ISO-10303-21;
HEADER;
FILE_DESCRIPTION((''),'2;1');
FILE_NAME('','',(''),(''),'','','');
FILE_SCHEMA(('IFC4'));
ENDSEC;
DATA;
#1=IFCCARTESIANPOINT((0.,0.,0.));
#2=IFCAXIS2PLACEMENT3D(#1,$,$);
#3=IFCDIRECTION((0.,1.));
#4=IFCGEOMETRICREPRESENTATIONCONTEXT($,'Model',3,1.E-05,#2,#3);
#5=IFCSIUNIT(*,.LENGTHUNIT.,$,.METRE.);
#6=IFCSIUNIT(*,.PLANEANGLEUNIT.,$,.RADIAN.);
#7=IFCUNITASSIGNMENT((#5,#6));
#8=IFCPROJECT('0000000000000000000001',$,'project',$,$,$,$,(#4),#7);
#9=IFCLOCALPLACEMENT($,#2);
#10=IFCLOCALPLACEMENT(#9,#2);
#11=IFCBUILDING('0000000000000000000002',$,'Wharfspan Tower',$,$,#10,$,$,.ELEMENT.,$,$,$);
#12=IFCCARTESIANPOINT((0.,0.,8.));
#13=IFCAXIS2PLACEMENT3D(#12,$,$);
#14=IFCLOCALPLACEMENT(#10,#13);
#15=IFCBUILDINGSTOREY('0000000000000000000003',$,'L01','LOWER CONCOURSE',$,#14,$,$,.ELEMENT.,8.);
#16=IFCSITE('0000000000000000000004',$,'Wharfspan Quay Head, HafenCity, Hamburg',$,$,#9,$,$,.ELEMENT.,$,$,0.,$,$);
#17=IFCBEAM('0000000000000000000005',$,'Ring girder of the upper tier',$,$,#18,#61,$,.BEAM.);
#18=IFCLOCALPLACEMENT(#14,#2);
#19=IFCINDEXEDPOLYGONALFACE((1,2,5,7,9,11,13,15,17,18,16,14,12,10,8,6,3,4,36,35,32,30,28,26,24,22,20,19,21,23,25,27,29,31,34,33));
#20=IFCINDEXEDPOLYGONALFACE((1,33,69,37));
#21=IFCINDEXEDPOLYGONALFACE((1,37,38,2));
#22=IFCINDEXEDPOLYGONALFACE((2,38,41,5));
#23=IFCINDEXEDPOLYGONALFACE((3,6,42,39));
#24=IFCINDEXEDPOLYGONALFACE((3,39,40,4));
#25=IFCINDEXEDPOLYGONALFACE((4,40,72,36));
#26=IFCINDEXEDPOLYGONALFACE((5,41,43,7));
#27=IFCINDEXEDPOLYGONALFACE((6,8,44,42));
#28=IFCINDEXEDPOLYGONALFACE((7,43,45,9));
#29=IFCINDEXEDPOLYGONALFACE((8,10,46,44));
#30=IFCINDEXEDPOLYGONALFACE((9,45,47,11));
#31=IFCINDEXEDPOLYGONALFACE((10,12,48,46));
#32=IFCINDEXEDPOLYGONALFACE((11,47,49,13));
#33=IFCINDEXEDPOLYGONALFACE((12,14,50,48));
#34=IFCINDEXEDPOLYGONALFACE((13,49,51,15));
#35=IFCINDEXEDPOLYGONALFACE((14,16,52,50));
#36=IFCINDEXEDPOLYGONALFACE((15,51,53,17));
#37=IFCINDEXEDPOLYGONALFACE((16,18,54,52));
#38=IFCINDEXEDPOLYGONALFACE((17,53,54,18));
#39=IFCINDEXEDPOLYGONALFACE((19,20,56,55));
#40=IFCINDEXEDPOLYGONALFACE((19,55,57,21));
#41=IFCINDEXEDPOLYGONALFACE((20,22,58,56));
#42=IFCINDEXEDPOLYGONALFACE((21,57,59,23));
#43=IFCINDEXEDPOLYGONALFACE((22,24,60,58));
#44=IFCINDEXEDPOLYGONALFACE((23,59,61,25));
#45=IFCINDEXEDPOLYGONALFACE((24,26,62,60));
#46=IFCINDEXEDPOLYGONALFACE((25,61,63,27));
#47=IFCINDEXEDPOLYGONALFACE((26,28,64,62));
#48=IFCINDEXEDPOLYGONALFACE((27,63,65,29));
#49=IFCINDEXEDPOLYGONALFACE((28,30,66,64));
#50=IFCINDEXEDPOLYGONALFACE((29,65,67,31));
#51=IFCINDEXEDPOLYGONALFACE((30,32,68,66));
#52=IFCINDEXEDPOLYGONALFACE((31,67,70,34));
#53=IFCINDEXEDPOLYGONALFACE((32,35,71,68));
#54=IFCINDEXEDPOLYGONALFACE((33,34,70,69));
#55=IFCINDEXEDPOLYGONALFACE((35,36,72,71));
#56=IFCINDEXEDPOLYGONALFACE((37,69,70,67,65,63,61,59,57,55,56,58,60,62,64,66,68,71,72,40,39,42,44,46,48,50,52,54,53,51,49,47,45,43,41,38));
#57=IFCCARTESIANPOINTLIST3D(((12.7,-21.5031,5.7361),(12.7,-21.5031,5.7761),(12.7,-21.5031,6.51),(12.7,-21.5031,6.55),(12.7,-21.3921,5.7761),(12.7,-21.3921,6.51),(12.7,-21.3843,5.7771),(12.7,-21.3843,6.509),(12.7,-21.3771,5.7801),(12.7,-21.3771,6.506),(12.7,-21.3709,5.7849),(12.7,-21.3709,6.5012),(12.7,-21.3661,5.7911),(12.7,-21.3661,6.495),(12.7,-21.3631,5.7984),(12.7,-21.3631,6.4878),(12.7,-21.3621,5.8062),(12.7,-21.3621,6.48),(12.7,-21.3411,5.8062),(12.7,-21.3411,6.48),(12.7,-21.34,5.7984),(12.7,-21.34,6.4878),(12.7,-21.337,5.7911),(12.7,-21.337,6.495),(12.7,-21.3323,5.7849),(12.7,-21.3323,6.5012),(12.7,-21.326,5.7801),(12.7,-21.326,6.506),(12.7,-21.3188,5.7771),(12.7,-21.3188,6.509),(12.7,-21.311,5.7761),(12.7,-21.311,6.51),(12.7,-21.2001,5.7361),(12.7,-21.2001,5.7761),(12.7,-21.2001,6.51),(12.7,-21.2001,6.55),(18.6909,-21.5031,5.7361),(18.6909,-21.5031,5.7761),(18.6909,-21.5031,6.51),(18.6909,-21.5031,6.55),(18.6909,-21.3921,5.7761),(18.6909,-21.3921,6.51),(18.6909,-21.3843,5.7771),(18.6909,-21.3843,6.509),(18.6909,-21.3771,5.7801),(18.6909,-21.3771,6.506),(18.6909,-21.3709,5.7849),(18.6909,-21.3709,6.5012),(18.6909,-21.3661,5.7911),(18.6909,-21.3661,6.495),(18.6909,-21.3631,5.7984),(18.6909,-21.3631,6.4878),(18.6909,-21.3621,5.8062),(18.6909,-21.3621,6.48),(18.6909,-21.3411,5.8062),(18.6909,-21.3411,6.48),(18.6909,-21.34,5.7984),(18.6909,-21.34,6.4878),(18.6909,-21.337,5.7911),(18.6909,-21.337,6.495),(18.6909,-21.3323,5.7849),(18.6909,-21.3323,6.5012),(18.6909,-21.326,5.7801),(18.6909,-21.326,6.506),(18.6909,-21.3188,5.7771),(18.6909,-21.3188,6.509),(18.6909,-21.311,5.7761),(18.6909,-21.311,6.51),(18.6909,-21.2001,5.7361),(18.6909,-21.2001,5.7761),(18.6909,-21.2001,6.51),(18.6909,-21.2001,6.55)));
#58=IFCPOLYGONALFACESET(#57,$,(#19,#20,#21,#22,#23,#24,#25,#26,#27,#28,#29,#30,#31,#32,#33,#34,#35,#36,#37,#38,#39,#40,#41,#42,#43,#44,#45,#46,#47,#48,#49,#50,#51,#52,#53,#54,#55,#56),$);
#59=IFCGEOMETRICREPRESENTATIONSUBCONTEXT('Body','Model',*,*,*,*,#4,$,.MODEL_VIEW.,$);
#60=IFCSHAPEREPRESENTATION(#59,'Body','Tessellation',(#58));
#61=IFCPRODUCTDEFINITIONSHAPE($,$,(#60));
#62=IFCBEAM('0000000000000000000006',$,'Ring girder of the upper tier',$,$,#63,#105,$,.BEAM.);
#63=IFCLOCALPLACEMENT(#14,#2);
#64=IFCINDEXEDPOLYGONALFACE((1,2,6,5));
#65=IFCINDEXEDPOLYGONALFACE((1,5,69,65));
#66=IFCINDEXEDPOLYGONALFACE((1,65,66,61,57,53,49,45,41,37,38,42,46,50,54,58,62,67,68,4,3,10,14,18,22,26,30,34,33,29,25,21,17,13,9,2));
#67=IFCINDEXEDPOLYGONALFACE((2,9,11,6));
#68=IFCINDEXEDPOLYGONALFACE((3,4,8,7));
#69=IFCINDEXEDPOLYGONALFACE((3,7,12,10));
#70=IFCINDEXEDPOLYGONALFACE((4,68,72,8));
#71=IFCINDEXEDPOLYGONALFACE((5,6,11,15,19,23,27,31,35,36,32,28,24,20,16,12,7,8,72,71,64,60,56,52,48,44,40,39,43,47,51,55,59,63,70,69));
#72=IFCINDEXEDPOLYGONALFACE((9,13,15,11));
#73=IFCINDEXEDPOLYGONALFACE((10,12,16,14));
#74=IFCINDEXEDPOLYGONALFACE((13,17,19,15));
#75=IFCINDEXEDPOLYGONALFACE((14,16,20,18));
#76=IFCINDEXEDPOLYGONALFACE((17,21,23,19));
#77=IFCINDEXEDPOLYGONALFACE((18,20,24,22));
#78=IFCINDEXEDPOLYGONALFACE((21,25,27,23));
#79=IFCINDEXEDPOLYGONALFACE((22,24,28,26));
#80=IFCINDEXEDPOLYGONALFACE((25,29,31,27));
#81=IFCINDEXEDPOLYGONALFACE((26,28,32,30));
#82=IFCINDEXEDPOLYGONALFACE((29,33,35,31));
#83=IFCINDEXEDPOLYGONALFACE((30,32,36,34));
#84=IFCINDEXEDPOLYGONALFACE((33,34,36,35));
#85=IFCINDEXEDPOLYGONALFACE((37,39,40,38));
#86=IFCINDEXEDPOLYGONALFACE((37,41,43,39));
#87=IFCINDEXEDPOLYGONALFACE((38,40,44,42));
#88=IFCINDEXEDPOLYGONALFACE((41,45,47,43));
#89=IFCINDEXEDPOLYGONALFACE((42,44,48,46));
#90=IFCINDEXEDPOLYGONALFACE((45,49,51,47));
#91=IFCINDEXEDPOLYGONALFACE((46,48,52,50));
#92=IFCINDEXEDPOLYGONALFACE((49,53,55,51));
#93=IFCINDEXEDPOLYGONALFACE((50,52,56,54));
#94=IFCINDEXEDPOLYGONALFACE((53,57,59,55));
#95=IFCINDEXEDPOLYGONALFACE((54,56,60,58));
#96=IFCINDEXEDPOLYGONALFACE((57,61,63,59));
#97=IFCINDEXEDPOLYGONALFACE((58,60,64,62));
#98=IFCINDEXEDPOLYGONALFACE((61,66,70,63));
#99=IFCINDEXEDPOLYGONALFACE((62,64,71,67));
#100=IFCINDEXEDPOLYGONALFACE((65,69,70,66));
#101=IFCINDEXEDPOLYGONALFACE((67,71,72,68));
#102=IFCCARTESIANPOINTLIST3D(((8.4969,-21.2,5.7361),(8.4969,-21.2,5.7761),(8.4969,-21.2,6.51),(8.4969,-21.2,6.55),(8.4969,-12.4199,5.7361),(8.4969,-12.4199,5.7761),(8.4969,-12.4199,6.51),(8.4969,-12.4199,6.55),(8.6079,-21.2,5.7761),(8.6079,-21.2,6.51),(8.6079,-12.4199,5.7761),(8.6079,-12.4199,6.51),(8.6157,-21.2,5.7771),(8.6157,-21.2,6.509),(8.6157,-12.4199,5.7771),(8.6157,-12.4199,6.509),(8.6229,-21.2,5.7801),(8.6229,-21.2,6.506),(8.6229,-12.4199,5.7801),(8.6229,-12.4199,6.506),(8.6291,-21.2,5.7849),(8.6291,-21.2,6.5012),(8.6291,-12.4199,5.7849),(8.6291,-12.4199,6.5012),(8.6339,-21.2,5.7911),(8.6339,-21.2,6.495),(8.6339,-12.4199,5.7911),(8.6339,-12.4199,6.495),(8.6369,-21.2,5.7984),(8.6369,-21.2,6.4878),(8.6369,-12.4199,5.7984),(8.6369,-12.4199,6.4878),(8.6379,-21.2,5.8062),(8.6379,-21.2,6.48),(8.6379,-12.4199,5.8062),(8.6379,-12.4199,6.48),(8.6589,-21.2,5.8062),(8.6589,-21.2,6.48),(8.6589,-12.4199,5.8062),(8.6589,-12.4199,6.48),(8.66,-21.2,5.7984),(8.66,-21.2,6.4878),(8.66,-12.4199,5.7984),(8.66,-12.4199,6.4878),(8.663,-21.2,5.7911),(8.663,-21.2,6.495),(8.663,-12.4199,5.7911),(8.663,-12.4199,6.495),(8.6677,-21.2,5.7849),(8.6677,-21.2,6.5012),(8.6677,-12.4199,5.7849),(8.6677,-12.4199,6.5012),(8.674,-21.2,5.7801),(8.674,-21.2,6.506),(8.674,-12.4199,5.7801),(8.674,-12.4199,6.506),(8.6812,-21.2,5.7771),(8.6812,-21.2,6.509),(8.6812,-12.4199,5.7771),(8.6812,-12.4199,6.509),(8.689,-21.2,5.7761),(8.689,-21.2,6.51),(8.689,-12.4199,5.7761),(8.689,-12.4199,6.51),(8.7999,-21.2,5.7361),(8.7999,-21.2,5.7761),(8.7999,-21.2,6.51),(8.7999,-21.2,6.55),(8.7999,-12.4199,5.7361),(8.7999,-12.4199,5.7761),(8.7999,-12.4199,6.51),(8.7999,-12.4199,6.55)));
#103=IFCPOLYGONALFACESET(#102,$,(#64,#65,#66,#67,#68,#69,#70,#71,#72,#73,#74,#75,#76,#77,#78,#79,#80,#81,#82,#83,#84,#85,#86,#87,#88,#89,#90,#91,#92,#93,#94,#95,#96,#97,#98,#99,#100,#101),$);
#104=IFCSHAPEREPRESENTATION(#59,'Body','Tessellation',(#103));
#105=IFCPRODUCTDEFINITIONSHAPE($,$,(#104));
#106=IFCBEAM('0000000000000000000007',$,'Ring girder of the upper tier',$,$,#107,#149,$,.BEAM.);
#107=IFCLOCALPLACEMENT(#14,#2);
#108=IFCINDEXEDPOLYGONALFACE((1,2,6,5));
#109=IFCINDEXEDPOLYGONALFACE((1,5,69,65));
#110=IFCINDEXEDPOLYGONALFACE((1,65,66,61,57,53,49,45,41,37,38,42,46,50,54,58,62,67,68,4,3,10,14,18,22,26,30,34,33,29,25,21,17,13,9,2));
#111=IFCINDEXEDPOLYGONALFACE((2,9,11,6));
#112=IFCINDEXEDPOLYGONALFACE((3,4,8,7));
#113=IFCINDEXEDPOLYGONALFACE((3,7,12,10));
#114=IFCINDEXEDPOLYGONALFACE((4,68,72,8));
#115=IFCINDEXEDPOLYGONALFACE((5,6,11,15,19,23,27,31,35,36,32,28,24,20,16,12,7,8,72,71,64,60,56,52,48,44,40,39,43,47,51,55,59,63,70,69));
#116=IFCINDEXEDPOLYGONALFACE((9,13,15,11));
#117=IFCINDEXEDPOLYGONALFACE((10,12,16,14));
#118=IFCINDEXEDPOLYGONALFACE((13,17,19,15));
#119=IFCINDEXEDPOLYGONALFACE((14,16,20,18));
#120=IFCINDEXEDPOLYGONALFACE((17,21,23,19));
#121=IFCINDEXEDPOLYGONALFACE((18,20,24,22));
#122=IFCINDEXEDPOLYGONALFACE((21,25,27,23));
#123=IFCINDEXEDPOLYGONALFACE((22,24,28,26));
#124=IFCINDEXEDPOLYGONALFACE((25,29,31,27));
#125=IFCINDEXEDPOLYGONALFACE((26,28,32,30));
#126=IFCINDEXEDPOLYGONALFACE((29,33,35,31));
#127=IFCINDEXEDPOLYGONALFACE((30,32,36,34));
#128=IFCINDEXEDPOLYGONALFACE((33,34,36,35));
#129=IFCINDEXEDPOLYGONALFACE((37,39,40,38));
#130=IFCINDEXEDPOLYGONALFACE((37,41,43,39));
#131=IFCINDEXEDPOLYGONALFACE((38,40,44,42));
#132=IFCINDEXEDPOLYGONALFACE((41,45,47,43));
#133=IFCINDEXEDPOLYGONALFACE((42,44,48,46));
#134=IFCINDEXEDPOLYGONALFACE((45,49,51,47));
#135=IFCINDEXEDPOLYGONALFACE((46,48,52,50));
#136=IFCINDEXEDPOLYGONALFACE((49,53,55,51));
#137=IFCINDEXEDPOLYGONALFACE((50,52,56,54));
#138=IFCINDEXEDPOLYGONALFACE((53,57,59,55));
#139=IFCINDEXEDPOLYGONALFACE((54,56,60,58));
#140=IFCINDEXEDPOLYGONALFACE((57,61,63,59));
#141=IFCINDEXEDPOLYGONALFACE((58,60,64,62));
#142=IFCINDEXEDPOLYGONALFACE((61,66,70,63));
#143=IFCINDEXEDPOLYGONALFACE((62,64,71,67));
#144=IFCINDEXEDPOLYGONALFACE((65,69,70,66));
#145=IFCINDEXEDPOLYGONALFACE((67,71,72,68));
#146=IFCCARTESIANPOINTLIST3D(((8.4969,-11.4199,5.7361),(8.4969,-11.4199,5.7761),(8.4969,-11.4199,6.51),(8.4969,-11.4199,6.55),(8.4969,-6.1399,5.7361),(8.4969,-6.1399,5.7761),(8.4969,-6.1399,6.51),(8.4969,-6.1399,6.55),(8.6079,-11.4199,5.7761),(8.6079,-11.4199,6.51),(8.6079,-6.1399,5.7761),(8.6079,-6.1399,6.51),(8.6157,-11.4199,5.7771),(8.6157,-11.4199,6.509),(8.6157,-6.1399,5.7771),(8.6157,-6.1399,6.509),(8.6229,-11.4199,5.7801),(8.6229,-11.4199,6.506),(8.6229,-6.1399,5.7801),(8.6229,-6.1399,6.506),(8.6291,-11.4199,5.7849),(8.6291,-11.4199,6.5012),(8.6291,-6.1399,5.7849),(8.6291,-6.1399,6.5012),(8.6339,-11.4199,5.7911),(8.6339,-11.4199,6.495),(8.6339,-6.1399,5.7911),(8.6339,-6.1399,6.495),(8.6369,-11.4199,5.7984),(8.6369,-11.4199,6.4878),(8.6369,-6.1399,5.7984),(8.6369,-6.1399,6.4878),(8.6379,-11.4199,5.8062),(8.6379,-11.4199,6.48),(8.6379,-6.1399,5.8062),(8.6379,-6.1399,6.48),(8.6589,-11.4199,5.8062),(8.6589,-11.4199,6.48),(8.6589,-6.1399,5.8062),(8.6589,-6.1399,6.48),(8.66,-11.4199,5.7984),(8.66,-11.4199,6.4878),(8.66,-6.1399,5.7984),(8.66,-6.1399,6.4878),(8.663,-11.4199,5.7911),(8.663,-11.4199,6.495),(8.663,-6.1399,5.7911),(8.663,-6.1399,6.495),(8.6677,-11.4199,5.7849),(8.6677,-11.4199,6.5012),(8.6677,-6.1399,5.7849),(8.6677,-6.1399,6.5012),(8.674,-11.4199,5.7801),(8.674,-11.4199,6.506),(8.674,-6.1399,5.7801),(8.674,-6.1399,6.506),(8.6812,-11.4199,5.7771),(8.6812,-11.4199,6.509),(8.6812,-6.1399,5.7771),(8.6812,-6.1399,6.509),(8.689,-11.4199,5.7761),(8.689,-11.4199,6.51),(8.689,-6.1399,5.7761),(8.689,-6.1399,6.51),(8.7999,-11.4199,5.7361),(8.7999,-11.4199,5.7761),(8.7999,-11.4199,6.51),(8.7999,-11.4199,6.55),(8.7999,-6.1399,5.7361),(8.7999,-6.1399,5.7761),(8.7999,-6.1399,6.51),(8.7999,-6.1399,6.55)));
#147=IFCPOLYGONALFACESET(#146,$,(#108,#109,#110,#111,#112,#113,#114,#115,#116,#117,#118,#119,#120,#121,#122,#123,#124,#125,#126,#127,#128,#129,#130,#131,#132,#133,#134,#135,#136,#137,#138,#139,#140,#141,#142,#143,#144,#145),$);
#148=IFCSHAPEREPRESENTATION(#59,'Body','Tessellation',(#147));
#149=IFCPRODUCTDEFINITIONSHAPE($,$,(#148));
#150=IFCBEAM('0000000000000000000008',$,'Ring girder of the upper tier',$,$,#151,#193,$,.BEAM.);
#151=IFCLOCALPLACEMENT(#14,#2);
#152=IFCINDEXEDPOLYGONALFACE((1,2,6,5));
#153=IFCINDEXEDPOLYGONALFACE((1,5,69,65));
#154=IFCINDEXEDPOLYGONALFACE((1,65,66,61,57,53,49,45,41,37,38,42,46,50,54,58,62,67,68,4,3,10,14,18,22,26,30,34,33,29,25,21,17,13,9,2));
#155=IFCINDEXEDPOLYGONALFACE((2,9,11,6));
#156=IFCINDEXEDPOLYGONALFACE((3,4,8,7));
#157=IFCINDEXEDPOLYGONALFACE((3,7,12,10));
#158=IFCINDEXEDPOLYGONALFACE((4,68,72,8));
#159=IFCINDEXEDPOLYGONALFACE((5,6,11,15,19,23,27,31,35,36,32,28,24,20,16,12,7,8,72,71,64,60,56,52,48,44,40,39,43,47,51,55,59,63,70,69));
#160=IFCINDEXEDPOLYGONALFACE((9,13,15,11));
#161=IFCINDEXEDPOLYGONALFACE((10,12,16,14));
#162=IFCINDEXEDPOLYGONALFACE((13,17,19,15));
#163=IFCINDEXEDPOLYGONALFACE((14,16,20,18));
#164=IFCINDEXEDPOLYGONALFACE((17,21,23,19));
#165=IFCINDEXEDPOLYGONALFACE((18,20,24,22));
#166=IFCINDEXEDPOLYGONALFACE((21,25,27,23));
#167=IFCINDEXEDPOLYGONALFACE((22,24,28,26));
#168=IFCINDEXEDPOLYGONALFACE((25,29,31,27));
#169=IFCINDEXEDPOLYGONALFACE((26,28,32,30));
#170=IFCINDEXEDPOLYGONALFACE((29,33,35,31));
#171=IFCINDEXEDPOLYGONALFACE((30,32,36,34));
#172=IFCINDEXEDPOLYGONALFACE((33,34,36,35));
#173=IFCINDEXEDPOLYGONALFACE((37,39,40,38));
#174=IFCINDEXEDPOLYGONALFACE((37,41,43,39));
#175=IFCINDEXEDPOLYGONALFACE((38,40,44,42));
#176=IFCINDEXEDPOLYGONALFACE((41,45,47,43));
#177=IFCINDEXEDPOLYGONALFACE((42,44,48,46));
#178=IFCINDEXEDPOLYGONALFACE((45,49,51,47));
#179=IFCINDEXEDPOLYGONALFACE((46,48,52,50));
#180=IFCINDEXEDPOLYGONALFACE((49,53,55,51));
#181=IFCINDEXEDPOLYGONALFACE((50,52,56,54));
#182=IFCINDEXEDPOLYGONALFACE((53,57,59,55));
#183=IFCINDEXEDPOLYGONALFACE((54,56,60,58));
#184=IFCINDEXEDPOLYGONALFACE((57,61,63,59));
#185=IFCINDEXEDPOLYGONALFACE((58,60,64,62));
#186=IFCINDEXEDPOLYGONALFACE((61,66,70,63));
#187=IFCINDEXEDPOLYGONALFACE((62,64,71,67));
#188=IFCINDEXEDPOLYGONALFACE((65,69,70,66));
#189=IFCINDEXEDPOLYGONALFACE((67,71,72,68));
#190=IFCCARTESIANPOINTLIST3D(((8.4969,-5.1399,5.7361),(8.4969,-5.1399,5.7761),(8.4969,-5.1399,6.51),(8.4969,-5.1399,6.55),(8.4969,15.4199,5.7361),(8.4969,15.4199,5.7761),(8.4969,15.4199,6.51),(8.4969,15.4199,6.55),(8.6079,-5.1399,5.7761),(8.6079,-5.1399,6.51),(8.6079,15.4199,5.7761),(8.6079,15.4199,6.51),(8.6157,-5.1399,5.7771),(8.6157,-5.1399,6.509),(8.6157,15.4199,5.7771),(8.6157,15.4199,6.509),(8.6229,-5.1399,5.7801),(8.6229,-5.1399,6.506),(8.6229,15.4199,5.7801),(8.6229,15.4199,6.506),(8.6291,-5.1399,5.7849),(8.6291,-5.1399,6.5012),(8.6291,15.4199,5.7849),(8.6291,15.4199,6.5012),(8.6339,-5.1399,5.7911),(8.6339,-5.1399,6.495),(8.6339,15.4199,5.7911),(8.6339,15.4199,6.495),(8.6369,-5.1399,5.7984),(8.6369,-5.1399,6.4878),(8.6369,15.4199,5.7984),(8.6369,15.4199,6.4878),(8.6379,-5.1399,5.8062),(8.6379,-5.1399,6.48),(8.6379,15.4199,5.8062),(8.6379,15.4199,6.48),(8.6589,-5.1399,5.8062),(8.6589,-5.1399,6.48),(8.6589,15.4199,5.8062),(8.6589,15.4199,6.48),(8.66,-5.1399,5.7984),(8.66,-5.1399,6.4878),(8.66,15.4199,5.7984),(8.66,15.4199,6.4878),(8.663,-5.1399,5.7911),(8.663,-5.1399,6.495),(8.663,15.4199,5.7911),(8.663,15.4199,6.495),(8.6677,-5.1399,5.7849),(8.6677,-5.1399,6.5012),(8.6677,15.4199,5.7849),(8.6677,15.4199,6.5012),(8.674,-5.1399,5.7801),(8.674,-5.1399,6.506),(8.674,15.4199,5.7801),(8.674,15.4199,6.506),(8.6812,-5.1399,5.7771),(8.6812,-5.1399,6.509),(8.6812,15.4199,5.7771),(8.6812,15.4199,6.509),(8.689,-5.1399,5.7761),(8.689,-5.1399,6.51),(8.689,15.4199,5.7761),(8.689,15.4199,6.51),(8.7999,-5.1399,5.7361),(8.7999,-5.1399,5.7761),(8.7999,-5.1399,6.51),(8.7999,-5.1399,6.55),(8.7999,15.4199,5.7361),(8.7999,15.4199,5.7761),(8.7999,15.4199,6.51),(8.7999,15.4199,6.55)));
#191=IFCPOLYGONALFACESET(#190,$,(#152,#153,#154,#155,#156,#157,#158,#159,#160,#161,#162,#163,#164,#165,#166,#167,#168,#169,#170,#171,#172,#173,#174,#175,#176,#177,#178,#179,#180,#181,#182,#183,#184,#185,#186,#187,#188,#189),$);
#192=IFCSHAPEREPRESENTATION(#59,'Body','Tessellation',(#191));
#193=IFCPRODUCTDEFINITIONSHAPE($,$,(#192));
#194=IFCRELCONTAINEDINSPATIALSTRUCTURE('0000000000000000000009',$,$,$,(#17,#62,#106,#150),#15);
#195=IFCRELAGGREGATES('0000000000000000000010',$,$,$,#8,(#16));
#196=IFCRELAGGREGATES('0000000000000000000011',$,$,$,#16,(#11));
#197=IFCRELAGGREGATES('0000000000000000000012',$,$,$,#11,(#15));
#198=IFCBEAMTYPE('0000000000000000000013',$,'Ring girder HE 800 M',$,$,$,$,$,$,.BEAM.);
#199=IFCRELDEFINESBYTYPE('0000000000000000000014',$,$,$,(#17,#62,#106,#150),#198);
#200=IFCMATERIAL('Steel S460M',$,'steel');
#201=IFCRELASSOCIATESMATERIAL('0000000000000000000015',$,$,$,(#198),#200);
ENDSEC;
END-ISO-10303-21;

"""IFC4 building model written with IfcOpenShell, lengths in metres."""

from ifc_helpers import new_model, si_unit, direction, frame, origin, origin_2d, place, context, subcontext, project, spatial, i_section, extrude, material, material_profile, profile_set, type_object, element, save


model = new_model("IFC4")

# Units and contexts
model_context = context("Model", 3, precision=1e-05, world=origin(), true_north=direction((0.0, 1.0)))
body_context = subcontext(model_context, "Body", "Model", "MODEL_VIEW")
ifc_project = project(units=[si_unit("LENGTHUNIT", "METRE"), si_unit("PLANEANGLEUNIT", "RADIAN")], contexts=[model_context])

# Site, building, storey
site_placement = place(None, origin())
site = spatial("IfcSite", under=ifc_project, at=site_placement, Name="Wharfspan Quay Head, HafenCity, Hamburg", CompositionType="ELEMENT", RefElevation=0.0)
building_placement = place(site_placement, origin())
building = spatial("IfcBuilding", under=site, at=building_placement, Name="Wharfspan Tower", CompositionType="ELEMENT")
storey_placement = place(building_placement, frame((0.0, 0.0, 8.0)))
storey = spatial("IfcBuildingStorey", under=building, at=storey_placement, Name="L01", Description="LOWER CONCOURSE", CompositionType="ELEMENT", Elevation=8.0)

# Beams
ifc_material_1 = material(Name="Steel S460M", Category="steel")
ifc_material_profile_1 = material_profile(ifc_material_1, i_section(OverallWidth=0.303, OverallDepth=0.814, WebThickness=0.021, FlangeThickness=0.04, FilletRadius=0.03, at=origin_2d()))
ifc_profile_set_1 = profile_set([ifc_material_profile_1], Name="Steel S460M")
beam_type_1 = type_object("IfcBeamType", Name="Ring girder HE 800 M", PredefinedType="BEAM", material=ifc_profile_set_1)
beam_1_placement = place(storey_placement, frame((12.7, -21.3516, 6.1431), z_axis=(1.0, 0.0, 0.0), x_axis=(0.0, 1.0, 0.0)))
element("IfcBeam", 1, at=beam_1_placement, inside=storey, type_object=beam_type_1, Name="Ring girder of the upper tier", PredefinedType="BEAM", context=body_context, shape_type="SweptSolid", body=[
    extrude(i_section(OverallWidth=0.303, OverallDepth=0.814, WebThickness=0.021, FlangeThickness=0.04, FilletRadius=0.03, at=origin_2d()), origin(), (0.0, 0.0, 1.0), 5.991),
])
beam_2_placement = place(storey_placement, frame((8.6484, -21.2, 6.1431), z_axis=(0.0, 1.0, 0.0), x_axis=(-1.0, 0.0, 0.0)))
element("IfcBeam", 2, at=beam_2_placement, inside=storey, type_object=beam_type_1, Name="Ring girder of the upper tier", PredefinedType="BEAM", context=body_context, shape_type="SweptSolid", body=[
    extrude(i_section(OverallWidth=0.303, OverallDepth=0.814, WebThickness=0.021, FlangeThickness=0.04, FilletRadius=0.03, at=origin_2d()), origin(), (0.0, 0.0, 1.0), 8.78),
])
beam_3_placement = place(storey_placement, frame((8.6484, -11.4199, 6.1431), z_axis=(0.0, 1.0, 0.0), x_axis=(-1.0, 0.0, 0.0)))
element("IfcBeam", 3, at=beam_3_placement, inside=storey, type_object=beam_type_1, Name="Ring girder of the upper tier", PredefinedType="BEAM", context=body_context, shape_type="SweptSolid", body=[
    extrude(i_section(OverallWidth=0.303, OverallDepth=0.814, WebThickness=0.021, FlangeThickness=0.04, FilletRadius=0.03, at=origin_2d()), origin(), (0.0, 0.0, 1.0), 5.28),
])
beam_4_placement = place(storey_placement, frame((8.6484, -5.1399, 6.1431), z_axis=(0.0, 1.0, 0.0), x_axis=(-1.0, 0.0, 0.0)))
element("IfcBeam", 4, at=beam_4_placement, inside=storey, type_object=beam_type_1, Name="Ring girder of the upper tier", PredefinedType="BEAM", context=body_context, shape_type="SweptSolid", body=[
    extrude(i_section(OverallWidth=0.303, OverallDepth=0.814, WebThickness=0.021, FlangeThickness=0.04, FilletRadius=0.03, at=origin_2d()), origin(), (0.0, 0.0, 1.0), 20.5598),
])

save(model, "model.ifc")
